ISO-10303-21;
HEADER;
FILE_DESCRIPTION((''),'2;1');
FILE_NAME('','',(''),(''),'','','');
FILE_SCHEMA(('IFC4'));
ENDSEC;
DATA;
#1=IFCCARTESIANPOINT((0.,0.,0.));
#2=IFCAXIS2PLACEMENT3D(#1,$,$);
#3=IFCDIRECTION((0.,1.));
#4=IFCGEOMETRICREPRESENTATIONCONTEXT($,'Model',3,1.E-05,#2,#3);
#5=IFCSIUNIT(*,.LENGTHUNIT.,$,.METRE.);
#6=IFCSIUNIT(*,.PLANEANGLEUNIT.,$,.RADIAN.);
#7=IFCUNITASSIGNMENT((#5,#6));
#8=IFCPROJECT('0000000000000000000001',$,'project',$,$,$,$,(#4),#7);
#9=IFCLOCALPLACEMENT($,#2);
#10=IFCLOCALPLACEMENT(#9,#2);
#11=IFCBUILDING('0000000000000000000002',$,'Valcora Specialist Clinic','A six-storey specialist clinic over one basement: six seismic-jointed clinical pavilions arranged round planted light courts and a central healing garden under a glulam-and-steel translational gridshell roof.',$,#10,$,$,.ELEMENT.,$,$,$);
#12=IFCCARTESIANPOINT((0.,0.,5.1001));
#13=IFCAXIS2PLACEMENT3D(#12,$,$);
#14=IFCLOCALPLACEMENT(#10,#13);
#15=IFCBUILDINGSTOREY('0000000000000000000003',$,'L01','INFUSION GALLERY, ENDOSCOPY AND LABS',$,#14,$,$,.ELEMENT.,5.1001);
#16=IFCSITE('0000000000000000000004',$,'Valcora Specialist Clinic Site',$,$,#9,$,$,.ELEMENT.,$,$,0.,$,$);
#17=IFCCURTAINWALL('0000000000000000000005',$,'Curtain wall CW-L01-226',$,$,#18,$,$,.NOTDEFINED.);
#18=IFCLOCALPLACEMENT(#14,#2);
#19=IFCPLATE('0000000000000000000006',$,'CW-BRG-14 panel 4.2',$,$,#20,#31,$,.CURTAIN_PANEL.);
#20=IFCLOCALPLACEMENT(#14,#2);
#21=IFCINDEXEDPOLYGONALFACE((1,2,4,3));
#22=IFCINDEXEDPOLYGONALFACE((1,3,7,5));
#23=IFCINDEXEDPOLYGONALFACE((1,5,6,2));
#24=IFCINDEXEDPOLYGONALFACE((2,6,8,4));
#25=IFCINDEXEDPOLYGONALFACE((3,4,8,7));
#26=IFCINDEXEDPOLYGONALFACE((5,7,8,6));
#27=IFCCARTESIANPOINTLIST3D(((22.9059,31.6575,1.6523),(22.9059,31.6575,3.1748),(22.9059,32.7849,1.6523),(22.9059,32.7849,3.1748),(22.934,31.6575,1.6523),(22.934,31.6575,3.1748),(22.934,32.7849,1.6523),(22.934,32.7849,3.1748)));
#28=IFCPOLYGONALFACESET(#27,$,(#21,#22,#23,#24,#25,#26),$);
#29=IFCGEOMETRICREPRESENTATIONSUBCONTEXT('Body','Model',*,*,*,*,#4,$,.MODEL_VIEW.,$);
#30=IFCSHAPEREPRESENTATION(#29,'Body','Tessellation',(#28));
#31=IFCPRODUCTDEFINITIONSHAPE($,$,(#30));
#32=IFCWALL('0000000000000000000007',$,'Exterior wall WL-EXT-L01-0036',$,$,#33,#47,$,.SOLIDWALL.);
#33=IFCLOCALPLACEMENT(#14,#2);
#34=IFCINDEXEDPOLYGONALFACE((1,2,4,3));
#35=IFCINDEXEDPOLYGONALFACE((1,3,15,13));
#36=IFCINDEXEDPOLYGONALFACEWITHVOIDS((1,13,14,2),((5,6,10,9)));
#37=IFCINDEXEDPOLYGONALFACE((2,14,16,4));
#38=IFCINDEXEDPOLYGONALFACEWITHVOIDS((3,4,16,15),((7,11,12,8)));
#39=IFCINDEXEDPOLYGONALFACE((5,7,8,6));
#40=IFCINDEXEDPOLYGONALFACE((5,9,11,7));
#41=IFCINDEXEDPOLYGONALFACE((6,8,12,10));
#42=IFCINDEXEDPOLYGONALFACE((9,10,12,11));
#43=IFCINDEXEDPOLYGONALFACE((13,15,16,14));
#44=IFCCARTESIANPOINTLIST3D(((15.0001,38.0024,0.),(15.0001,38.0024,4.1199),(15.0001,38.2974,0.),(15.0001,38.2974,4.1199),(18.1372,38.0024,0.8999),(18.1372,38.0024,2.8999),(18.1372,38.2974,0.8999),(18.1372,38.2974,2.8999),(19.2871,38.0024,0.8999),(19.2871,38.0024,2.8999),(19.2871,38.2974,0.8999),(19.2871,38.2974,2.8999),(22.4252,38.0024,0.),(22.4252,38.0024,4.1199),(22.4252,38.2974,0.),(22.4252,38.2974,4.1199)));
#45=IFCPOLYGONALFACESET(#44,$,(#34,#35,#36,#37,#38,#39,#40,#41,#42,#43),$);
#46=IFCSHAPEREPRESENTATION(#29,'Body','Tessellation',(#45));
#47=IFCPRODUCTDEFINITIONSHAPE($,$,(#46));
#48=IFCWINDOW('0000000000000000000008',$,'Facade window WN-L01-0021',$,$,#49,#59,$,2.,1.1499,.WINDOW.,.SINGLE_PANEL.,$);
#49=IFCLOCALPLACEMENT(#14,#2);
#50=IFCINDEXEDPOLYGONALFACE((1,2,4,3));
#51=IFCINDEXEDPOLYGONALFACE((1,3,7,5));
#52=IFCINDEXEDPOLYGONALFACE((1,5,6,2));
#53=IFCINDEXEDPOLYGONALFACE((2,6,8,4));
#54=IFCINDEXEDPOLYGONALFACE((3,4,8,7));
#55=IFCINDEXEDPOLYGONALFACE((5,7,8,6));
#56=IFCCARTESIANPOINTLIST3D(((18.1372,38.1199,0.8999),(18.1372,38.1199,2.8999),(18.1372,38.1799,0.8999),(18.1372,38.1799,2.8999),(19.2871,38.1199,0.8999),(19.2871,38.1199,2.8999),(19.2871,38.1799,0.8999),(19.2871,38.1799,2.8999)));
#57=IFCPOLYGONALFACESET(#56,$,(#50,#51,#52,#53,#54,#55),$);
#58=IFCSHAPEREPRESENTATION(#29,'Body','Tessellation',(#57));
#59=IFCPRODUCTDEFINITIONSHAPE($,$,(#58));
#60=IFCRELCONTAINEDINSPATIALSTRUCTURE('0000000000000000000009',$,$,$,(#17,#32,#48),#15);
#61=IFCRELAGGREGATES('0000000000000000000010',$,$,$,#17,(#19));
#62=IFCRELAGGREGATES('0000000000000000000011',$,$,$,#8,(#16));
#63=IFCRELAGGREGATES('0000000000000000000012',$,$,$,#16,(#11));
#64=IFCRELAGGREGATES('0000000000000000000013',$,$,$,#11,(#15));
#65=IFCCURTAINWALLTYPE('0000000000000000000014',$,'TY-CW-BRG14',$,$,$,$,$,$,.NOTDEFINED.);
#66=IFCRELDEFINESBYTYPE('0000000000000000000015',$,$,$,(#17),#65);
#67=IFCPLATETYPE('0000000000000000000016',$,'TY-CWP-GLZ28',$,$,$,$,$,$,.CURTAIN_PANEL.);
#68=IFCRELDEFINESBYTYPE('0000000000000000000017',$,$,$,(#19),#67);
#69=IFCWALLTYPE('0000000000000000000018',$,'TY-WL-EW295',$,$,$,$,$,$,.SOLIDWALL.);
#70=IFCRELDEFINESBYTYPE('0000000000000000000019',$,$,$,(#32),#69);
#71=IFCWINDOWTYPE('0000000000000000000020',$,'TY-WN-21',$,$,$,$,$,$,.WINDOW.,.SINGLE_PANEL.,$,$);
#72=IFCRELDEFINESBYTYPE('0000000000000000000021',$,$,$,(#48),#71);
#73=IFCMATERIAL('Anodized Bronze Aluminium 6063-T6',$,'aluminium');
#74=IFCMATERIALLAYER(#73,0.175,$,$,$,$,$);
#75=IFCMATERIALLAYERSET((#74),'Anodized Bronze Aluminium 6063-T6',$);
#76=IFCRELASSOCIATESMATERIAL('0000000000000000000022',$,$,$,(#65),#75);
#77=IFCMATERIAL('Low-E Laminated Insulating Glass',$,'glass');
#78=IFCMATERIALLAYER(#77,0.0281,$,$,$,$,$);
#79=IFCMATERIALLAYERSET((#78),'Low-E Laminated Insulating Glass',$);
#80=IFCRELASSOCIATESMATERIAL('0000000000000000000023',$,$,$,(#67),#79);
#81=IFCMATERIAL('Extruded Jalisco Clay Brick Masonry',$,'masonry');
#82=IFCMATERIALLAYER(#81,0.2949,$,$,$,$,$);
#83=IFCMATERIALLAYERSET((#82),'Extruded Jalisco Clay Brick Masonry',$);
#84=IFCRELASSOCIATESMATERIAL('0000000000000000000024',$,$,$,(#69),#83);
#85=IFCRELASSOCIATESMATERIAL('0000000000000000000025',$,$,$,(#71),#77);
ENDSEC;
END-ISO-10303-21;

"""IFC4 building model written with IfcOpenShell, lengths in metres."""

from ifc_helpers import new_model, si_unit, direction, frame, frame_2d, origin, origin_2d, place, context, subcontext, project, spatial, rectangle, extrude, material, layer, layer_set, type_object, element, fill, aggregate, save


model = new_model("IFC4")

# Units and contexts
model_context = context("Model", 3, precision=1e-05, world=origin(), true_north=direction((0.0, 1.0)))
body_context = subcontext(model_context, "Body", "Model", "MODEL_VIEW")
ifc_project = project(units=[si_unit("LENGTHUNIT", "METRE"), si_unit("PLANEANGLEUNIT", "RADIAN")], contexts=[model_context])

# Site, building, storey
site_placement = place(None, origin())
site = spatial("IfcSite", under=ifc_project, at=site_placement, Name="Valcora Specialist Clinic Site", CompositionType="ELEMENT", RefElevation=0.0)
building_placement = place(site_placement, origin())
building = spatial("IfcBuilding", under=site, at=building_placement, Name="Valcora Specialist Clinic", Description="A six-storey specialist clinic over one basement: six seismic-jointed clinical pavilions arranged round planted light courts and a central healing garden under a glulam-and-steel translational gridshell roof.", CompositionType="ELEMENT")
storey_placement = place(building_placement, frame((0.0, 0.0, 5.1001)))
storey = spatial("IfcBuildingStorey", under=building, at=storey_placement, Name="L01", Description="INFUSION GALLERY, ENDOSCOPY AND LABS", CompositionType="ELEMENT", Elevation=5.1001)

# Curtain wall, plate
ifc_material_1 = material(Name="Anodized Bronze Aluminium 6063-T6", Category="aluminium")
ifc_layer_1 = layer(ifc_material_1, 0.175)
ifc_layer_set_1 = layer_set([ifc_layer_1], Name="Anodized Bronze Aluminium 6063-T6")
curtain_wall_type = type_object("IfcCurtainWallType", Name="TY-CW-BRG14", PredefinedType="NOTDEFINED", material=ifc_layer_set_1)
curtain_wall_placement = place(storey_placement, origin())
curtain_wall = element("IfcCurtainWall", 1, at=curtain_wall_placement, inside=storey, type_object=curtain_wall_type, Name="Curtain wall CW-L01-226", PredefinedType="NOTDEFINED")
ifc_material_2 = material(Name="Low-E Laminated Insulating Glass", Category="glass")
ifc_layer_2 = layer(ifc_material_2, 0.0281)
ifc_layer_set_2 = layer_set([ifc_layer_2], Name="Low-E Laminated Insulating Glass")
plate_type = type_object("IfcPlateType", Name="TY-CWP-GLZ28", PredefinedType="CURTAIN_PANEL", material=ifc_layer_set_2)
plate_1_placement = place(storey_placement, frame((22.9199, 32.2212, 1.6523), z_axis=(0.0, 0.0, 1.0), x_axis=(0.0, 1.0, 0.0)))
plate_1 = element("IfcPlate", 2, at=plate_1_placement, type_object=plate_type, Name="CW-BRG-14 panel 4.2", PredefinedType="CURTAIN_PANEL", context=body_context, shape_type="SweptSolid", body=[
    extrude(rectangle(XDim=1.1274, YDim=0.0281, at=origin_2d()), origin(), (0.0, 0.0, 1.0), 1.5225),
])
aggregate(curtain_wall, [plate_1])

# Wall, opening, window
ifc_material_3 = material(Name="Extruded Jalisco Clay Brick Masonry", Category="masonry")
ifc_layer_3 = layer(ifc_material_3, 0.2949)
ifc_layer_set_3 = layer_set([ifc_layer_3], Name="Extruded Jalisco Clay Brick Masonry")
wall_type = type_object("IfcWallType", Name="TY-WL-EW295", PredefinedType="SOLIDWALL", material=ifc_layer_set_3)
wall_placement = place(storey_placement, frame((22.425, 38.1499, 0.0), z_axis=(0.0, 0.0, 1.0), x_axis=(-1.0, 0.0, 0.0)))
wall = element("IfcWall", 3, at=wall_placement, inside=storey, type_object=wall_type, Name="Exterior wall WL-EXT-L01-0036", PredefinedType="SOLIDWALL", context=body_context, shape_type="SweptSolid", body=[
    extrude(rectangle(XDim=7.425, YDim=0.2949, at=frame_2d((3.7124, 0.0))), origin(), (0.0, 0.0, 1.0), 4.1199),
])
opening_placement = place(wall_placement, frame((3.1379, 0.0, 0.8999)))
opening = element("IfcOpeningElement", 4, at=opening_placement, cuts=wall, PredefinedType="OPENING", context=body_context, shape_type="SweptSolid", body=[
    extrude(rectangle(XDim=1.1499, YDim=2.0, at=frame_2d((0.575, 1.0))), frame((0.0, 0.1575, 0.0), z_axis=(0.0, -1.0, 0.0), x_axis=(1.0, 0.0, 0.0)), (0.0, 0.0, 1.0), 0.3149),
])
window_type = type_object("IfcWindowType", Name="TY-WN-21", PartitioningType="SINGLE_PANEL", PredefinedType="WINDOW", material=ifc_material_2)
window_placement = place(opening_placement, origin())
window = element("IfcWindow", 5, at=window_placement, inside=storey, type_object=window_type, Name="Facade window WN-L01-0021", OverallHeight=2.0, OverallWidth=1.1499, PartitioningType="SINGLE_PANEL", PredefinedType="WINDOW", context=body_context, shape_type="SweptSolid", body=[
    extrude(rectangle(XDim=1.1499, YDim=2.0, at=frame_2d((0.575, 1.0))), frame((0.0, 0.03, 0.0), z_axis=(0.0, -1.0, 0.0), x_axis=(1.0, 0.0, 0.0)), (0.0, 0.0, 1.0), 0.0601),
])
fill(opening, window)

save(model, "model.ifc")
